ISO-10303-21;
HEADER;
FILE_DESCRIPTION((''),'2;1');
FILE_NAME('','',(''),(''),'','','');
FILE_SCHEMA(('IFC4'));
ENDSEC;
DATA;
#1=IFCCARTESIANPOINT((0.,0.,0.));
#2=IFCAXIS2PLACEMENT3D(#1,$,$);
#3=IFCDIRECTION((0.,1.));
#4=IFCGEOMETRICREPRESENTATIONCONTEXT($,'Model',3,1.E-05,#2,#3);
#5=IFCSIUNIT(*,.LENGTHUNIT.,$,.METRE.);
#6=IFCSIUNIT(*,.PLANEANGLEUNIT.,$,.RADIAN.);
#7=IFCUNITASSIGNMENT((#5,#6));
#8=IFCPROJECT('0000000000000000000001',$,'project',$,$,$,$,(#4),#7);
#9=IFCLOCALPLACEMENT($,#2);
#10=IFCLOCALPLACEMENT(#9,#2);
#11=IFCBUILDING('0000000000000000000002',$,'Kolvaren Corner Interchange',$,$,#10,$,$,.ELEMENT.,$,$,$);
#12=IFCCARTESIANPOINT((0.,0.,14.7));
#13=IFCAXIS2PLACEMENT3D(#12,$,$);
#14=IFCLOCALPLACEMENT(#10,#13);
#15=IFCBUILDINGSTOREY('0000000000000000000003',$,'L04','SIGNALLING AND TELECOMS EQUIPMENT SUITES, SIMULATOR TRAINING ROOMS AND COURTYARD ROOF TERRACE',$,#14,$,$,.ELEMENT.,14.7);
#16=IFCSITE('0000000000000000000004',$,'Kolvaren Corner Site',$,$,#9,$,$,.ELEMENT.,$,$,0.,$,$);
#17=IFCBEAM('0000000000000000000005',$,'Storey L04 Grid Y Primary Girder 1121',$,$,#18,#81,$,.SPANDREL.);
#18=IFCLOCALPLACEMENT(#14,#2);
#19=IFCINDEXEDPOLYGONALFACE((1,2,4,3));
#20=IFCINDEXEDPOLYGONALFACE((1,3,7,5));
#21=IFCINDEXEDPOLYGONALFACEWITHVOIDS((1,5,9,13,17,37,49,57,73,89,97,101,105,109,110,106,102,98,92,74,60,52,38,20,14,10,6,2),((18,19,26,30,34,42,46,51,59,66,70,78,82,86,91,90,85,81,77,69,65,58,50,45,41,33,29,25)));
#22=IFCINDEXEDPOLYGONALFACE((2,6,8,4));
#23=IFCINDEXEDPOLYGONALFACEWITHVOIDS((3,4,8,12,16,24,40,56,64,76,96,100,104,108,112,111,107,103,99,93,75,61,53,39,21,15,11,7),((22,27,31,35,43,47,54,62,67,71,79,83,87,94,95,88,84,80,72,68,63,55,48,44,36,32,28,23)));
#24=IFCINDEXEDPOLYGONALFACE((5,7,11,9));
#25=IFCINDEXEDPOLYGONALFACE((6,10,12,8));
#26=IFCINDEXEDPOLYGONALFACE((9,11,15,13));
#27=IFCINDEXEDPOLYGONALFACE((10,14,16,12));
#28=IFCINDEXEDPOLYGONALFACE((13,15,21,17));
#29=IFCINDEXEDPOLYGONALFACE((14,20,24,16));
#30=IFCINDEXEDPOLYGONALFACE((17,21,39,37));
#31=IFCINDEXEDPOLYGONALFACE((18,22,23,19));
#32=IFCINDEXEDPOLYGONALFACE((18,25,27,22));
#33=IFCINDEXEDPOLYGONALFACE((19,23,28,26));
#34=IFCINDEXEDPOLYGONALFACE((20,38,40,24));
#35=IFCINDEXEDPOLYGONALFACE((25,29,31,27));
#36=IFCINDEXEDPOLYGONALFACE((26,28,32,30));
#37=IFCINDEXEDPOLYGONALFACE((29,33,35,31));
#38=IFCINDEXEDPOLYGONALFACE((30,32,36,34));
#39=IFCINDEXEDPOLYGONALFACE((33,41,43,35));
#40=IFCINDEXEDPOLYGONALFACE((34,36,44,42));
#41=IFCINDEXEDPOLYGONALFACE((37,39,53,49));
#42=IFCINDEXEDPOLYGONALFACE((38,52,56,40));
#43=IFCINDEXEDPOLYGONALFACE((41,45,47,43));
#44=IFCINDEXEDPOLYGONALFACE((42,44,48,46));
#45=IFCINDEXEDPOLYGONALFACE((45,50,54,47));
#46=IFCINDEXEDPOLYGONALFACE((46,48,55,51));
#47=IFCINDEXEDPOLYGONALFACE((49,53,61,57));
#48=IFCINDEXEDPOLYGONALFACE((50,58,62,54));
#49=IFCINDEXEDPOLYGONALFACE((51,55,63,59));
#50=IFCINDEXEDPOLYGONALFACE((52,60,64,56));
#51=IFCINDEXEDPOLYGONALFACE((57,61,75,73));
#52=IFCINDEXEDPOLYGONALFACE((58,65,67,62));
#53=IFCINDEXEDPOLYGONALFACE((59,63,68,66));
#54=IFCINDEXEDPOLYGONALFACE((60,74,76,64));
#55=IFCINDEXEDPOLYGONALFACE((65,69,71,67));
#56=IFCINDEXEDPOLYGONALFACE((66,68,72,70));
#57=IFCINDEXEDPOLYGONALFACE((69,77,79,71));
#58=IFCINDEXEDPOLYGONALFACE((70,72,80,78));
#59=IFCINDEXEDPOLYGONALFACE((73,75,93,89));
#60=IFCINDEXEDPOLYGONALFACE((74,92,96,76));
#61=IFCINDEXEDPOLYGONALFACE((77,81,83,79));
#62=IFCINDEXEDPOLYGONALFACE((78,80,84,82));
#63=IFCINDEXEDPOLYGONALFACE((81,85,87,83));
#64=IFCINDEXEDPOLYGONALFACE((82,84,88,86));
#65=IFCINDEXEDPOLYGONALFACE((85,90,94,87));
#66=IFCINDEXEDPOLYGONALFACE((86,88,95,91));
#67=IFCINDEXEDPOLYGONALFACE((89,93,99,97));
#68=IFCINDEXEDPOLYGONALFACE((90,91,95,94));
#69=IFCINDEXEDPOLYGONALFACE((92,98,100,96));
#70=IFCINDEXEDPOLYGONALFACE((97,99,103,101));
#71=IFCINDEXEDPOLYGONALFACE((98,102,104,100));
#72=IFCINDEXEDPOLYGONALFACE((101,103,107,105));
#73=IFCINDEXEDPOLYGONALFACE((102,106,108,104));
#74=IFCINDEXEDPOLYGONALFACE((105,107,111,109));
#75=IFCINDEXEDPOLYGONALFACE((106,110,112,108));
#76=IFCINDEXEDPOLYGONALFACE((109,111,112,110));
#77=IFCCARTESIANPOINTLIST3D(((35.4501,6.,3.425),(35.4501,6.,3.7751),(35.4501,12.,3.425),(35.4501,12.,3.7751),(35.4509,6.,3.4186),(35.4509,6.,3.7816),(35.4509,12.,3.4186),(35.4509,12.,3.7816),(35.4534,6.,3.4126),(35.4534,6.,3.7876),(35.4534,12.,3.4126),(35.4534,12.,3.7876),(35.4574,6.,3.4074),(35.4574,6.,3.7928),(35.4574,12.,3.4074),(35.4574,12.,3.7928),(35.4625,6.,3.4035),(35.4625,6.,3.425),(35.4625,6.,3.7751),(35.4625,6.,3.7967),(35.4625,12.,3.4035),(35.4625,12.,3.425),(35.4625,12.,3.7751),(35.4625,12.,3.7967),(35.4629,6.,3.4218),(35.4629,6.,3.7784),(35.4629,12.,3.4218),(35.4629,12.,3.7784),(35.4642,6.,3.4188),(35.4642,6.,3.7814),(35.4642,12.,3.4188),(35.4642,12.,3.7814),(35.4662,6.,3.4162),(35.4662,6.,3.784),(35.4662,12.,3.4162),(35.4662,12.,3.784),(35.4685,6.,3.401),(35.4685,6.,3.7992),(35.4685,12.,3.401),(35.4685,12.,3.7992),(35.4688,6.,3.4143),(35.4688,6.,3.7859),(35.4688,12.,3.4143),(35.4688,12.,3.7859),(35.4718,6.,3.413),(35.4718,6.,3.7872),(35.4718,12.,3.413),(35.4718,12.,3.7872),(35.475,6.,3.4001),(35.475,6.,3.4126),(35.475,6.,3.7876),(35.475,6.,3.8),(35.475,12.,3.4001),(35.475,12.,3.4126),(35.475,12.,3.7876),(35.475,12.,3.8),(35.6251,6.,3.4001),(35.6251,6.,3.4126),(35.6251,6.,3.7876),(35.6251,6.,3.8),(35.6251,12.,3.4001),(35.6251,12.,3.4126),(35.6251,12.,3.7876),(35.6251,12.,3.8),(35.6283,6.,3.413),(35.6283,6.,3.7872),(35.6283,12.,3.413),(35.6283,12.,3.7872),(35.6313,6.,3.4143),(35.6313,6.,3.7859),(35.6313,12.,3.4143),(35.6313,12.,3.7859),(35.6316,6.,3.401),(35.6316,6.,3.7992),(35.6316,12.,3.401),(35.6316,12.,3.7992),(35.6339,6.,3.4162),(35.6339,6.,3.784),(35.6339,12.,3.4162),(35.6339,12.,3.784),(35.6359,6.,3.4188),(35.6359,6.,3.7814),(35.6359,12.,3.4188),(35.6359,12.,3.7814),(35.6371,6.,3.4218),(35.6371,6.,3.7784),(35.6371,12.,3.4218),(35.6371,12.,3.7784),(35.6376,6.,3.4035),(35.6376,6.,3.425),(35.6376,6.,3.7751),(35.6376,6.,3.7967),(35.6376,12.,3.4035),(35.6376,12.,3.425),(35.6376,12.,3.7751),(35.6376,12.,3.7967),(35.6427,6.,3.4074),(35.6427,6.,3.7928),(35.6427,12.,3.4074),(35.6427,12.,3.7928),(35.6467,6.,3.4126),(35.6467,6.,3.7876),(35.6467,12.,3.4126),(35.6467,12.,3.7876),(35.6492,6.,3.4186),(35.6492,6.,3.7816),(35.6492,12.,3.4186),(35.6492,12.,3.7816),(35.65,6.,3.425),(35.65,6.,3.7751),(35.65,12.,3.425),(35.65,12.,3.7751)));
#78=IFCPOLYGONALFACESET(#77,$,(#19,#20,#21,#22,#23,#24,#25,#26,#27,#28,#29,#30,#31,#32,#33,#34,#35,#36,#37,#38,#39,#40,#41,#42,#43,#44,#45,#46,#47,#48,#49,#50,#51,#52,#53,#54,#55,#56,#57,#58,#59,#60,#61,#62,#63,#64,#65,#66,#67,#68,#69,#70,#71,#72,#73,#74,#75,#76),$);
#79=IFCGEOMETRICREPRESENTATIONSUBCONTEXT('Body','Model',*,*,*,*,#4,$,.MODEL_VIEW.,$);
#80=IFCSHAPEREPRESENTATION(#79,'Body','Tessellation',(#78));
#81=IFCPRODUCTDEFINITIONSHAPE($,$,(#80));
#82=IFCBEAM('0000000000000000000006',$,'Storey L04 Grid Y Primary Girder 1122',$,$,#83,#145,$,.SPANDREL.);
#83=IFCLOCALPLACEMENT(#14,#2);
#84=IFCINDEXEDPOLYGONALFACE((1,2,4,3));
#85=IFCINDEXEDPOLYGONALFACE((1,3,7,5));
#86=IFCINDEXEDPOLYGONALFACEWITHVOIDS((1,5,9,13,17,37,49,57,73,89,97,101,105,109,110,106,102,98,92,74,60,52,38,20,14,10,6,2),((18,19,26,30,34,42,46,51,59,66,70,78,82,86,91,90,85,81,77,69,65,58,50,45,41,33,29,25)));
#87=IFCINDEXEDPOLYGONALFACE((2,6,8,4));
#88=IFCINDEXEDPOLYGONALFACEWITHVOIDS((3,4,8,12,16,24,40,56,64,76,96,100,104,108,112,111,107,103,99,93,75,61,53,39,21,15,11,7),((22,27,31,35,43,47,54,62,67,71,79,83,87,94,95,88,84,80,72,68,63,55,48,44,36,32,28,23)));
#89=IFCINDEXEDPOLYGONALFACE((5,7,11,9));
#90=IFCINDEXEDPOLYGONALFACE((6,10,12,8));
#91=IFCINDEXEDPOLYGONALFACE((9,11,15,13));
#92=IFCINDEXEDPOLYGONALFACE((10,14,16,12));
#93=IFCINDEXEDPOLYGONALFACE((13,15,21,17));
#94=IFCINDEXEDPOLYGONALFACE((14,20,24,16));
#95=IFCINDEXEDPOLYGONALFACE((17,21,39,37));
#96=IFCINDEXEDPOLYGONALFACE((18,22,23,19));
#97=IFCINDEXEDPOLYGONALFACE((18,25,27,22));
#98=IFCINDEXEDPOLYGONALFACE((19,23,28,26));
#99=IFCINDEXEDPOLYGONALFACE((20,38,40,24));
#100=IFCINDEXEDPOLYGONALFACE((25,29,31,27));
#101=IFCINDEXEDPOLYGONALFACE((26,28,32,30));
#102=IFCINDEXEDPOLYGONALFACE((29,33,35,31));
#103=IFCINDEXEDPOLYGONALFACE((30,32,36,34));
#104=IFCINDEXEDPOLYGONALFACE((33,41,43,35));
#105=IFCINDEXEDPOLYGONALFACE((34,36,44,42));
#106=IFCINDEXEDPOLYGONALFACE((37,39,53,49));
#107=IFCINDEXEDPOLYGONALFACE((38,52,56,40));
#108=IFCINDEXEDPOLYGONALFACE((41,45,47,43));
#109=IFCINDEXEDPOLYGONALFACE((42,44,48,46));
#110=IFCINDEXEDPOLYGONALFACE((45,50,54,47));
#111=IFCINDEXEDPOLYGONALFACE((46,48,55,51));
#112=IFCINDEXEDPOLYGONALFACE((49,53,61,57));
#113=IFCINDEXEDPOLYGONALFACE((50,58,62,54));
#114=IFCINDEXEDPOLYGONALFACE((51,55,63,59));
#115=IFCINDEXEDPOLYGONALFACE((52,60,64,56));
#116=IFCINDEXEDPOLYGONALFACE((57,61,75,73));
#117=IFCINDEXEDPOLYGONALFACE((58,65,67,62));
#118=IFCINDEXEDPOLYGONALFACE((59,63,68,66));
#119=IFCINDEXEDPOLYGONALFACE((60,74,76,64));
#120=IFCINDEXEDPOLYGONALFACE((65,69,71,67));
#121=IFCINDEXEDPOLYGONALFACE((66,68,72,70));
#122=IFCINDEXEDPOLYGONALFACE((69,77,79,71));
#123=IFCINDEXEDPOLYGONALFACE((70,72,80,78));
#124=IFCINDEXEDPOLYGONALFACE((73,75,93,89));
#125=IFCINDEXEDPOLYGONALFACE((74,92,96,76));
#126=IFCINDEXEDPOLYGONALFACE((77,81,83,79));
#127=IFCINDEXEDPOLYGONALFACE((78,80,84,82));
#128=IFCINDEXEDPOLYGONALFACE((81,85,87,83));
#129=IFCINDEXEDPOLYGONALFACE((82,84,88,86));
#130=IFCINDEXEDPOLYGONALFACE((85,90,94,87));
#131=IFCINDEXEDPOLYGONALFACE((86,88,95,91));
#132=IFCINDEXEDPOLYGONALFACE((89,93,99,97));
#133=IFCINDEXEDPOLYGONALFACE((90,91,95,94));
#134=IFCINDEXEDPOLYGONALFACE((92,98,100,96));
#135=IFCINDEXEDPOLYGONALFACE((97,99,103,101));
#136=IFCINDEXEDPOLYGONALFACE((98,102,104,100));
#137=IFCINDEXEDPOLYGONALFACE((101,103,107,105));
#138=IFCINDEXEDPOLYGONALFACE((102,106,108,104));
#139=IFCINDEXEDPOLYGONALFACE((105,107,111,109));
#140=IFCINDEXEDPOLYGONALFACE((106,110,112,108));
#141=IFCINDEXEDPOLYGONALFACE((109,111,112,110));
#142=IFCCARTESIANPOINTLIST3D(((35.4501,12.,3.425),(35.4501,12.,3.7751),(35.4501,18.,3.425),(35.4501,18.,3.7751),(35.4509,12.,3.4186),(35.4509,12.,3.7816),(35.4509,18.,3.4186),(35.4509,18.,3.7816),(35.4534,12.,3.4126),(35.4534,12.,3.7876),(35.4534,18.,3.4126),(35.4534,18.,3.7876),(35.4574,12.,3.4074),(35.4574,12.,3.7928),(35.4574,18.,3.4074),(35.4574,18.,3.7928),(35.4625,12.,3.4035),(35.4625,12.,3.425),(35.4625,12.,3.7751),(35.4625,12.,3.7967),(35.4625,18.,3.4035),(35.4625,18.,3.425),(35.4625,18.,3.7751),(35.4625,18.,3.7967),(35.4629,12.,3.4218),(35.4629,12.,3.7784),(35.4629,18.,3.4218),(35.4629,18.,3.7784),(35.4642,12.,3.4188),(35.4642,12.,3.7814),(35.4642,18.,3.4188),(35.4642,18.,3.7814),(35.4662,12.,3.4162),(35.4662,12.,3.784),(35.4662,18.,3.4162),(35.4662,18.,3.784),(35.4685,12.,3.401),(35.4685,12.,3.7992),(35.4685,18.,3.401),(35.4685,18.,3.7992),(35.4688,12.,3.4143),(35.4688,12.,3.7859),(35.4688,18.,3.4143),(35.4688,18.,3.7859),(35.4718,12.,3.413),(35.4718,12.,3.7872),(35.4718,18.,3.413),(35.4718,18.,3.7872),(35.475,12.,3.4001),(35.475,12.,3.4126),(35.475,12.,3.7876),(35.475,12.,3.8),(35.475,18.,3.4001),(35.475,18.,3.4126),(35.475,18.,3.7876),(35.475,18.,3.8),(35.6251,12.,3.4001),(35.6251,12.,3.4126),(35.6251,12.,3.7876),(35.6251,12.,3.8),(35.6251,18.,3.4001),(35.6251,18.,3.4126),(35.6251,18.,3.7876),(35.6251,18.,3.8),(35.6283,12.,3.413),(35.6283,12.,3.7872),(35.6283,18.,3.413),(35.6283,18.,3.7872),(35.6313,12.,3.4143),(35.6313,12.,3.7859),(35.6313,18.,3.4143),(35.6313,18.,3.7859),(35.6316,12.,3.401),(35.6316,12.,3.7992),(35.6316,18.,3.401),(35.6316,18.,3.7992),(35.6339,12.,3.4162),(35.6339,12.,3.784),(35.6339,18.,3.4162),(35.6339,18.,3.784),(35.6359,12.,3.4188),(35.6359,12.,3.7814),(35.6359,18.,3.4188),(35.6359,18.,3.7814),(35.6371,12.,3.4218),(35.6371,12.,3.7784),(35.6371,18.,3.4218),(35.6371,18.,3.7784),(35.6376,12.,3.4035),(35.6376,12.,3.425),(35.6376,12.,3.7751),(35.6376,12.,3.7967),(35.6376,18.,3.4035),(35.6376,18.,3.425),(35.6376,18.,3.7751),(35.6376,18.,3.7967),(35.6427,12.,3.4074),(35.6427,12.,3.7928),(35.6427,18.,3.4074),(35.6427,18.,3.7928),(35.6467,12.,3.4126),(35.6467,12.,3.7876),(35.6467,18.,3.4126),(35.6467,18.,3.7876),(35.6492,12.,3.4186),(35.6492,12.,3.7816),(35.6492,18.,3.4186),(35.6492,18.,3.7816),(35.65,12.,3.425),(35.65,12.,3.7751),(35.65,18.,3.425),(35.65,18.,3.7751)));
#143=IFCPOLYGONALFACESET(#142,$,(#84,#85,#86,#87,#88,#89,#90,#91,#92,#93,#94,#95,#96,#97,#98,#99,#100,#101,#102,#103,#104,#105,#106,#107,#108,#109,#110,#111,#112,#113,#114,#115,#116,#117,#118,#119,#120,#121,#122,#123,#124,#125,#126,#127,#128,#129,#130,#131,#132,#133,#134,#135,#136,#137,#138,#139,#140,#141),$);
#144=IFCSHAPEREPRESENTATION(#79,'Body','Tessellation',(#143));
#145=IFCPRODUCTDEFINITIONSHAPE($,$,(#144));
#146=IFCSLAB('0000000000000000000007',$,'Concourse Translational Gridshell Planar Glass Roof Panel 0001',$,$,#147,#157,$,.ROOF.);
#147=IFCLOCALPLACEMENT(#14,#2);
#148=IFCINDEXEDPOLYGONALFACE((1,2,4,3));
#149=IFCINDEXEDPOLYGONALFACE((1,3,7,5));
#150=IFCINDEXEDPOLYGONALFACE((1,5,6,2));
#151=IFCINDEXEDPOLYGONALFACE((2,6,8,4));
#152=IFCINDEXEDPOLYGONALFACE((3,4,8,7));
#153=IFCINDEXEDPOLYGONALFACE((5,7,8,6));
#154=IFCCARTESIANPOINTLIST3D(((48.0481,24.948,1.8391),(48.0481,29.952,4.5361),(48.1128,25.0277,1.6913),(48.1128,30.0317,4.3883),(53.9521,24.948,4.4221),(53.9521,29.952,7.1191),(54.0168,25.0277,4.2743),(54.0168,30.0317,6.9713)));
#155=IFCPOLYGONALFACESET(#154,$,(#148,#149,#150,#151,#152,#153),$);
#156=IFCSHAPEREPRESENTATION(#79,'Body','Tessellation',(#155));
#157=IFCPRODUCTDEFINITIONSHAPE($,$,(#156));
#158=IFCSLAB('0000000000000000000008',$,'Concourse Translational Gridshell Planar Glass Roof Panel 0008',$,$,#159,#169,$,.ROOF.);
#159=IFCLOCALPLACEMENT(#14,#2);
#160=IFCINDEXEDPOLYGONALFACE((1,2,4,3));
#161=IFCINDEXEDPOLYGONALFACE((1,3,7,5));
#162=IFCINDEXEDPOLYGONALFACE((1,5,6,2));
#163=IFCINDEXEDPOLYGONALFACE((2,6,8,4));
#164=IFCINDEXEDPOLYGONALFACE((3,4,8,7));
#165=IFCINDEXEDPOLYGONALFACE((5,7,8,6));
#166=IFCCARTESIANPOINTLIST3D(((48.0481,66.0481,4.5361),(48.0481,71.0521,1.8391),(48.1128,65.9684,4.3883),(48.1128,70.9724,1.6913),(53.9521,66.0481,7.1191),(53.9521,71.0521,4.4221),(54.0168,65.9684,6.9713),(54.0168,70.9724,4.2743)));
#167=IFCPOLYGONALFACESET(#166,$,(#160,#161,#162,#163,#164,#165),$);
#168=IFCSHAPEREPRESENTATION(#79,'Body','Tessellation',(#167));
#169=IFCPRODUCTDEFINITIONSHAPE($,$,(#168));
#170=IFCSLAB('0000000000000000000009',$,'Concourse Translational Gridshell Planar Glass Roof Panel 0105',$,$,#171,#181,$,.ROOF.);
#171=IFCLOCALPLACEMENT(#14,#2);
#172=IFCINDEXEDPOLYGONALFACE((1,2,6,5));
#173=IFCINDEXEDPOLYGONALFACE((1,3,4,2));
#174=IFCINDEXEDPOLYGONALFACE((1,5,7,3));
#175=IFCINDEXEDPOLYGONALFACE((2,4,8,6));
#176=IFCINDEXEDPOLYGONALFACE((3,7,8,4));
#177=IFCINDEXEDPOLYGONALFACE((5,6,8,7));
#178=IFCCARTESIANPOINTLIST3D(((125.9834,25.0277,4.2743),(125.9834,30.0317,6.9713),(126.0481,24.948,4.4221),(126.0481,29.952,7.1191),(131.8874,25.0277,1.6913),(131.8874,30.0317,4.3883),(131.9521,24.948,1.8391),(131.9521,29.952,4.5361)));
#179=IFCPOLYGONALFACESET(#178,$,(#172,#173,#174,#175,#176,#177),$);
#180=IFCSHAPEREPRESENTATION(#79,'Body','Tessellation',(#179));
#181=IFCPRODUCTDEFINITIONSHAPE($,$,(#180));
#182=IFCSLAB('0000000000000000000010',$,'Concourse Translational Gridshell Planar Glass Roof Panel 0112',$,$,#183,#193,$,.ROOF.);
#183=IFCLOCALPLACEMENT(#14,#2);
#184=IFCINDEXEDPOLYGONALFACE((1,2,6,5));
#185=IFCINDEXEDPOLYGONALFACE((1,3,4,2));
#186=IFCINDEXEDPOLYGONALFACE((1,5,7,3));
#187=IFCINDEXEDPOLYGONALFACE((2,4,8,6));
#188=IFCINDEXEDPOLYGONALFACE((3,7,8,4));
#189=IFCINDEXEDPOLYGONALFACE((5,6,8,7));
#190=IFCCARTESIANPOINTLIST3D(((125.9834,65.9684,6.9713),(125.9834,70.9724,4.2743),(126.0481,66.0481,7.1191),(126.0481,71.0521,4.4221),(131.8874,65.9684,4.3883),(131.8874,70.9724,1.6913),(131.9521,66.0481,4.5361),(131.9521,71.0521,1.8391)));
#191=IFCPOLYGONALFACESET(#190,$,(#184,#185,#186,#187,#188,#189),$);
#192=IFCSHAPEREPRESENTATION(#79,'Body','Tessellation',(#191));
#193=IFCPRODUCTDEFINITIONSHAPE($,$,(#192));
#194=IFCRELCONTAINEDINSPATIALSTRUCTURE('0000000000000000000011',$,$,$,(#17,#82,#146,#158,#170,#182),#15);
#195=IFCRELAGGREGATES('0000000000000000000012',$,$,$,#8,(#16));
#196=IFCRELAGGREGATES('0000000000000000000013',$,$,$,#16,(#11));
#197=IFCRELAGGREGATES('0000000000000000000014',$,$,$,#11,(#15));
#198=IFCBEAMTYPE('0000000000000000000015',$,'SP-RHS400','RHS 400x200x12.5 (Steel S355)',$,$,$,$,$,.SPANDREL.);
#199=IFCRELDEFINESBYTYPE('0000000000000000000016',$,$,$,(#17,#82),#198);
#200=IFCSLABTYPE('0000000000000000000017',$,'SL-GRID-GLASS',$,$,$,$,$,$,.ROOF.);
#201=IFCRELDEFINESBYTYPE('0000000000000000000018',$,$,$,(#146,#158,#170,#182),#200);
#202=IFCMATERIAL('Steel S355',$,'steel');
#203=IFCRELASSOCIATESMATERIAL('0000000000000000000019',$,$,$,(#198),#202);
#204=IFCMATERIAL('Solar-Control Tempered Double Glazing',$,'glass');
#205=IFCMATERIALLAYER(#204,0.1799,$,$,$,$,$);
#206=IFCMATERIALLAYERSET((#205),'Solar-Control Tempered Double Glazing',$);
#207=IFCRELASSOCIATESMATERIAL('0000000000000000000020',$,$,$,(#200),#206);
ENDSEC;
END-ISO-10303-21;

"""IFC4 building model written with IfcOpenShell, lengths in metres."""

from ifc_helpers import new_model, si_unit, direction, frame, origin, origin_2d, place, context, subcontext, project, spatial, polyline, hollow_rectangle, outline, extrude, material, layer, layer_set, material_profile, profile_set, type_object, element, save


model = new_model("IFC4")

# Units and contexts
model_context = context("Model", 3, precision=1e-05, world=origin(), true_north=direction((0.0, 1.0)))
body_context = subcontext(model_context, "Body", "Model", "MODEL_VIEW")
ifc_project = project(units=[si_unit("LENGTHUNIT", "METRE"), si_unit("PLANEANGLEUNIT", "RADIAN")], contexts=[model_context])

# Site, building, storey
site_placement = place(None, origin())
site = spatial("IfcSite", under=ifc_project, at=site_placement, Name="Kolvaren Corner Site", CompositionType="ELEMENT", RefElevation=0.0)
building_placement = place(site_placement, origin())
building = spatial("IfcBuilding", under=site, at=building_placement, Name="Kolvaren Corner Interchange", CompositionType="ELEMENT")
storey_placement = place(building_placement, frame((0.0, 0.0, 14.7)))
storey = spatial("IfcBuildingStorey", under=building, at=storey_placement, Name="L04", Description="SIGNALLING AND TELECOMS EQUIPMENT SUITES, SIMULATOR TRAINING ROOMS AND COURTYARD ROOF TERRACE", CompositionType="ELEMENT", Elevation=14.7)

# Beams
ifc_material_1 = material(Name="Steel S355", Category="steel")
ifc_material_profile_1 = material_profile(ifc_material_1, hollow_rectangle(XDim=0.2, YDim=0.3999, WallThickness=0.0125, InnerFilletRadius=0.0125, OuterFilletRadius=0.0249, at=origin_2d()), Name="RHS 400x200x12.5")
ifc_profile_set_1 = profile_set([ifc_material_profile_1], Name="Steel S355")
beam_type_1 = type_object("IfcBeamType", Name="SP-RHS400", Description="RHS 400x200x12.5 (Steel S355)", PredefinedType="SPANDREL", material=ifc_profile_set_1)
for number, where, z_axis, x_axis, name in (
    (1, (35.55, 6.0, 3.6001), (0.0, 1.0, 0.0), (-1.0, 0.0, 0.0), "Storey L04 Grid Y Primary Girder 1121"),
    (2, (35.55, 12.0, 3.6001), (0.0, 1.0, 0.0), (-1.0, 0.0, 0.0), "Storey L04 Grid Y Primary Girder 1122"),
):
    element("IfcBeam", number, at=place(storey_placement, frame(where, z_axis=z_axis, x_axis=x_axis)), inside=storey, type_object=beam_type_1, Name=name, PredefinedType="SPANDREL", context=body_context, shape_type="SweptSolid", body=[
        extrude(hollow_rectangle(XDim=0.2, YDim=0.3999, WallThickness=0.0125, InnerFilletRadius=0.0125, OuterFilletRadius=0.0249, at=origin_2d()), origin(), (0.0, 0.0, 1.0), 6.0),
    ])

# Slabs
ifc_material_2 = material(Name="Solar-Control Tempered Double Glazing", Category="glass")
ifc_layer_1 = layer(ifc_material_2, 0.1799)
ifc_layer_set_1 = layer_set([ifc_layer_1], Name="Solar-Control Tempered Double Glazing")
slab_type = type_object("IfcSlabType", Name="SL-GRID-GLASS", PredefinedType="ROOF", material=ifc_layer_set_1)
slab_1_placement = place(storey_placement, frame((48.0481, 24.948, 1.8391), z_axis=(-0.359393, -0.442746, 0.82147), x_axis=(0.916157, 0.0, 0.400819)))
element("IfcSlab", 3, at=slab_1_placement, inside=storey, type_object=slab_type, Name="Concourse Translational Gridshell Planar Glass Roof Panel 0001", PredefinedType="ROOF", context=body_context, shape_type="SweptSolid", body=[
    extrude(outline(polyline([(0.0, 0.0), (6.4443, 0.0), (7.5253, 5.5808), (1.081, 5.5808), (0.0, 0.0)])), origin(), (0.0, 0.0, -1.0), 0.1799),
])
for number, where, z_axis, x_axis, name in (
    (4, (48.0481, 66.0481, 4.5361), (-0.359393, 0.442746, 0.82147), (0.916157, 0.0, 0.400819), "Concourse Translational Gridshell Planar Glass Roof Panel 0008"),
    (5, (126.0481, 24.948, 4.4221), (0.359393, -0.442746, 0.82147), (0.916157, 0.0, -0.400819), "Concourse Translational Gridshell Planar Glass Roof Panel 0105"),
):
    element("IfcSlab", number, at=place(storey_placement, frame(where, z_axis=z_axis, x_axis=x_axis)), inside=storey, type_object=slab_type, Name=name, PredefinedType="ROOF", context=body_context, shape_type="SweptSolid", body=[
        extrude(outline(polyline([(0.0, 0.0), (6.4443, 0.0), (5.3633, 5.5808), (-1.081, 5.5808), (0.0, 0.0)])), origin(), (0.0, 0.0, -1.0), 0.1799),
    ])
slab_2_placement = place(storey_placement, frame((126.0481, 66.0481, 7.1191), z_axis=(0.359393, 0.442746, 0.82147), x_axis=(0.916157, 0.0, -0.400819)))
element("IfcSlab", 6, at=slab_2_placement, inside=storey, type_object=slab_type, Name="Concourse Translational Gridshell Planar Glass Roof Panel 0112", PredefinedType="ROOF", context=body_context, shape_type="SweptSolid", body=[
    extrude(outline(polyline([(0.0, 0.0), (6.4443, 0.0), (7.5253, 5.5808), (1.081, 5.5808), (0.0, 0.0)])), origin(), (0.0, 0.0, -1.0), 0.1799),
])

save(model, "model.ifc")
